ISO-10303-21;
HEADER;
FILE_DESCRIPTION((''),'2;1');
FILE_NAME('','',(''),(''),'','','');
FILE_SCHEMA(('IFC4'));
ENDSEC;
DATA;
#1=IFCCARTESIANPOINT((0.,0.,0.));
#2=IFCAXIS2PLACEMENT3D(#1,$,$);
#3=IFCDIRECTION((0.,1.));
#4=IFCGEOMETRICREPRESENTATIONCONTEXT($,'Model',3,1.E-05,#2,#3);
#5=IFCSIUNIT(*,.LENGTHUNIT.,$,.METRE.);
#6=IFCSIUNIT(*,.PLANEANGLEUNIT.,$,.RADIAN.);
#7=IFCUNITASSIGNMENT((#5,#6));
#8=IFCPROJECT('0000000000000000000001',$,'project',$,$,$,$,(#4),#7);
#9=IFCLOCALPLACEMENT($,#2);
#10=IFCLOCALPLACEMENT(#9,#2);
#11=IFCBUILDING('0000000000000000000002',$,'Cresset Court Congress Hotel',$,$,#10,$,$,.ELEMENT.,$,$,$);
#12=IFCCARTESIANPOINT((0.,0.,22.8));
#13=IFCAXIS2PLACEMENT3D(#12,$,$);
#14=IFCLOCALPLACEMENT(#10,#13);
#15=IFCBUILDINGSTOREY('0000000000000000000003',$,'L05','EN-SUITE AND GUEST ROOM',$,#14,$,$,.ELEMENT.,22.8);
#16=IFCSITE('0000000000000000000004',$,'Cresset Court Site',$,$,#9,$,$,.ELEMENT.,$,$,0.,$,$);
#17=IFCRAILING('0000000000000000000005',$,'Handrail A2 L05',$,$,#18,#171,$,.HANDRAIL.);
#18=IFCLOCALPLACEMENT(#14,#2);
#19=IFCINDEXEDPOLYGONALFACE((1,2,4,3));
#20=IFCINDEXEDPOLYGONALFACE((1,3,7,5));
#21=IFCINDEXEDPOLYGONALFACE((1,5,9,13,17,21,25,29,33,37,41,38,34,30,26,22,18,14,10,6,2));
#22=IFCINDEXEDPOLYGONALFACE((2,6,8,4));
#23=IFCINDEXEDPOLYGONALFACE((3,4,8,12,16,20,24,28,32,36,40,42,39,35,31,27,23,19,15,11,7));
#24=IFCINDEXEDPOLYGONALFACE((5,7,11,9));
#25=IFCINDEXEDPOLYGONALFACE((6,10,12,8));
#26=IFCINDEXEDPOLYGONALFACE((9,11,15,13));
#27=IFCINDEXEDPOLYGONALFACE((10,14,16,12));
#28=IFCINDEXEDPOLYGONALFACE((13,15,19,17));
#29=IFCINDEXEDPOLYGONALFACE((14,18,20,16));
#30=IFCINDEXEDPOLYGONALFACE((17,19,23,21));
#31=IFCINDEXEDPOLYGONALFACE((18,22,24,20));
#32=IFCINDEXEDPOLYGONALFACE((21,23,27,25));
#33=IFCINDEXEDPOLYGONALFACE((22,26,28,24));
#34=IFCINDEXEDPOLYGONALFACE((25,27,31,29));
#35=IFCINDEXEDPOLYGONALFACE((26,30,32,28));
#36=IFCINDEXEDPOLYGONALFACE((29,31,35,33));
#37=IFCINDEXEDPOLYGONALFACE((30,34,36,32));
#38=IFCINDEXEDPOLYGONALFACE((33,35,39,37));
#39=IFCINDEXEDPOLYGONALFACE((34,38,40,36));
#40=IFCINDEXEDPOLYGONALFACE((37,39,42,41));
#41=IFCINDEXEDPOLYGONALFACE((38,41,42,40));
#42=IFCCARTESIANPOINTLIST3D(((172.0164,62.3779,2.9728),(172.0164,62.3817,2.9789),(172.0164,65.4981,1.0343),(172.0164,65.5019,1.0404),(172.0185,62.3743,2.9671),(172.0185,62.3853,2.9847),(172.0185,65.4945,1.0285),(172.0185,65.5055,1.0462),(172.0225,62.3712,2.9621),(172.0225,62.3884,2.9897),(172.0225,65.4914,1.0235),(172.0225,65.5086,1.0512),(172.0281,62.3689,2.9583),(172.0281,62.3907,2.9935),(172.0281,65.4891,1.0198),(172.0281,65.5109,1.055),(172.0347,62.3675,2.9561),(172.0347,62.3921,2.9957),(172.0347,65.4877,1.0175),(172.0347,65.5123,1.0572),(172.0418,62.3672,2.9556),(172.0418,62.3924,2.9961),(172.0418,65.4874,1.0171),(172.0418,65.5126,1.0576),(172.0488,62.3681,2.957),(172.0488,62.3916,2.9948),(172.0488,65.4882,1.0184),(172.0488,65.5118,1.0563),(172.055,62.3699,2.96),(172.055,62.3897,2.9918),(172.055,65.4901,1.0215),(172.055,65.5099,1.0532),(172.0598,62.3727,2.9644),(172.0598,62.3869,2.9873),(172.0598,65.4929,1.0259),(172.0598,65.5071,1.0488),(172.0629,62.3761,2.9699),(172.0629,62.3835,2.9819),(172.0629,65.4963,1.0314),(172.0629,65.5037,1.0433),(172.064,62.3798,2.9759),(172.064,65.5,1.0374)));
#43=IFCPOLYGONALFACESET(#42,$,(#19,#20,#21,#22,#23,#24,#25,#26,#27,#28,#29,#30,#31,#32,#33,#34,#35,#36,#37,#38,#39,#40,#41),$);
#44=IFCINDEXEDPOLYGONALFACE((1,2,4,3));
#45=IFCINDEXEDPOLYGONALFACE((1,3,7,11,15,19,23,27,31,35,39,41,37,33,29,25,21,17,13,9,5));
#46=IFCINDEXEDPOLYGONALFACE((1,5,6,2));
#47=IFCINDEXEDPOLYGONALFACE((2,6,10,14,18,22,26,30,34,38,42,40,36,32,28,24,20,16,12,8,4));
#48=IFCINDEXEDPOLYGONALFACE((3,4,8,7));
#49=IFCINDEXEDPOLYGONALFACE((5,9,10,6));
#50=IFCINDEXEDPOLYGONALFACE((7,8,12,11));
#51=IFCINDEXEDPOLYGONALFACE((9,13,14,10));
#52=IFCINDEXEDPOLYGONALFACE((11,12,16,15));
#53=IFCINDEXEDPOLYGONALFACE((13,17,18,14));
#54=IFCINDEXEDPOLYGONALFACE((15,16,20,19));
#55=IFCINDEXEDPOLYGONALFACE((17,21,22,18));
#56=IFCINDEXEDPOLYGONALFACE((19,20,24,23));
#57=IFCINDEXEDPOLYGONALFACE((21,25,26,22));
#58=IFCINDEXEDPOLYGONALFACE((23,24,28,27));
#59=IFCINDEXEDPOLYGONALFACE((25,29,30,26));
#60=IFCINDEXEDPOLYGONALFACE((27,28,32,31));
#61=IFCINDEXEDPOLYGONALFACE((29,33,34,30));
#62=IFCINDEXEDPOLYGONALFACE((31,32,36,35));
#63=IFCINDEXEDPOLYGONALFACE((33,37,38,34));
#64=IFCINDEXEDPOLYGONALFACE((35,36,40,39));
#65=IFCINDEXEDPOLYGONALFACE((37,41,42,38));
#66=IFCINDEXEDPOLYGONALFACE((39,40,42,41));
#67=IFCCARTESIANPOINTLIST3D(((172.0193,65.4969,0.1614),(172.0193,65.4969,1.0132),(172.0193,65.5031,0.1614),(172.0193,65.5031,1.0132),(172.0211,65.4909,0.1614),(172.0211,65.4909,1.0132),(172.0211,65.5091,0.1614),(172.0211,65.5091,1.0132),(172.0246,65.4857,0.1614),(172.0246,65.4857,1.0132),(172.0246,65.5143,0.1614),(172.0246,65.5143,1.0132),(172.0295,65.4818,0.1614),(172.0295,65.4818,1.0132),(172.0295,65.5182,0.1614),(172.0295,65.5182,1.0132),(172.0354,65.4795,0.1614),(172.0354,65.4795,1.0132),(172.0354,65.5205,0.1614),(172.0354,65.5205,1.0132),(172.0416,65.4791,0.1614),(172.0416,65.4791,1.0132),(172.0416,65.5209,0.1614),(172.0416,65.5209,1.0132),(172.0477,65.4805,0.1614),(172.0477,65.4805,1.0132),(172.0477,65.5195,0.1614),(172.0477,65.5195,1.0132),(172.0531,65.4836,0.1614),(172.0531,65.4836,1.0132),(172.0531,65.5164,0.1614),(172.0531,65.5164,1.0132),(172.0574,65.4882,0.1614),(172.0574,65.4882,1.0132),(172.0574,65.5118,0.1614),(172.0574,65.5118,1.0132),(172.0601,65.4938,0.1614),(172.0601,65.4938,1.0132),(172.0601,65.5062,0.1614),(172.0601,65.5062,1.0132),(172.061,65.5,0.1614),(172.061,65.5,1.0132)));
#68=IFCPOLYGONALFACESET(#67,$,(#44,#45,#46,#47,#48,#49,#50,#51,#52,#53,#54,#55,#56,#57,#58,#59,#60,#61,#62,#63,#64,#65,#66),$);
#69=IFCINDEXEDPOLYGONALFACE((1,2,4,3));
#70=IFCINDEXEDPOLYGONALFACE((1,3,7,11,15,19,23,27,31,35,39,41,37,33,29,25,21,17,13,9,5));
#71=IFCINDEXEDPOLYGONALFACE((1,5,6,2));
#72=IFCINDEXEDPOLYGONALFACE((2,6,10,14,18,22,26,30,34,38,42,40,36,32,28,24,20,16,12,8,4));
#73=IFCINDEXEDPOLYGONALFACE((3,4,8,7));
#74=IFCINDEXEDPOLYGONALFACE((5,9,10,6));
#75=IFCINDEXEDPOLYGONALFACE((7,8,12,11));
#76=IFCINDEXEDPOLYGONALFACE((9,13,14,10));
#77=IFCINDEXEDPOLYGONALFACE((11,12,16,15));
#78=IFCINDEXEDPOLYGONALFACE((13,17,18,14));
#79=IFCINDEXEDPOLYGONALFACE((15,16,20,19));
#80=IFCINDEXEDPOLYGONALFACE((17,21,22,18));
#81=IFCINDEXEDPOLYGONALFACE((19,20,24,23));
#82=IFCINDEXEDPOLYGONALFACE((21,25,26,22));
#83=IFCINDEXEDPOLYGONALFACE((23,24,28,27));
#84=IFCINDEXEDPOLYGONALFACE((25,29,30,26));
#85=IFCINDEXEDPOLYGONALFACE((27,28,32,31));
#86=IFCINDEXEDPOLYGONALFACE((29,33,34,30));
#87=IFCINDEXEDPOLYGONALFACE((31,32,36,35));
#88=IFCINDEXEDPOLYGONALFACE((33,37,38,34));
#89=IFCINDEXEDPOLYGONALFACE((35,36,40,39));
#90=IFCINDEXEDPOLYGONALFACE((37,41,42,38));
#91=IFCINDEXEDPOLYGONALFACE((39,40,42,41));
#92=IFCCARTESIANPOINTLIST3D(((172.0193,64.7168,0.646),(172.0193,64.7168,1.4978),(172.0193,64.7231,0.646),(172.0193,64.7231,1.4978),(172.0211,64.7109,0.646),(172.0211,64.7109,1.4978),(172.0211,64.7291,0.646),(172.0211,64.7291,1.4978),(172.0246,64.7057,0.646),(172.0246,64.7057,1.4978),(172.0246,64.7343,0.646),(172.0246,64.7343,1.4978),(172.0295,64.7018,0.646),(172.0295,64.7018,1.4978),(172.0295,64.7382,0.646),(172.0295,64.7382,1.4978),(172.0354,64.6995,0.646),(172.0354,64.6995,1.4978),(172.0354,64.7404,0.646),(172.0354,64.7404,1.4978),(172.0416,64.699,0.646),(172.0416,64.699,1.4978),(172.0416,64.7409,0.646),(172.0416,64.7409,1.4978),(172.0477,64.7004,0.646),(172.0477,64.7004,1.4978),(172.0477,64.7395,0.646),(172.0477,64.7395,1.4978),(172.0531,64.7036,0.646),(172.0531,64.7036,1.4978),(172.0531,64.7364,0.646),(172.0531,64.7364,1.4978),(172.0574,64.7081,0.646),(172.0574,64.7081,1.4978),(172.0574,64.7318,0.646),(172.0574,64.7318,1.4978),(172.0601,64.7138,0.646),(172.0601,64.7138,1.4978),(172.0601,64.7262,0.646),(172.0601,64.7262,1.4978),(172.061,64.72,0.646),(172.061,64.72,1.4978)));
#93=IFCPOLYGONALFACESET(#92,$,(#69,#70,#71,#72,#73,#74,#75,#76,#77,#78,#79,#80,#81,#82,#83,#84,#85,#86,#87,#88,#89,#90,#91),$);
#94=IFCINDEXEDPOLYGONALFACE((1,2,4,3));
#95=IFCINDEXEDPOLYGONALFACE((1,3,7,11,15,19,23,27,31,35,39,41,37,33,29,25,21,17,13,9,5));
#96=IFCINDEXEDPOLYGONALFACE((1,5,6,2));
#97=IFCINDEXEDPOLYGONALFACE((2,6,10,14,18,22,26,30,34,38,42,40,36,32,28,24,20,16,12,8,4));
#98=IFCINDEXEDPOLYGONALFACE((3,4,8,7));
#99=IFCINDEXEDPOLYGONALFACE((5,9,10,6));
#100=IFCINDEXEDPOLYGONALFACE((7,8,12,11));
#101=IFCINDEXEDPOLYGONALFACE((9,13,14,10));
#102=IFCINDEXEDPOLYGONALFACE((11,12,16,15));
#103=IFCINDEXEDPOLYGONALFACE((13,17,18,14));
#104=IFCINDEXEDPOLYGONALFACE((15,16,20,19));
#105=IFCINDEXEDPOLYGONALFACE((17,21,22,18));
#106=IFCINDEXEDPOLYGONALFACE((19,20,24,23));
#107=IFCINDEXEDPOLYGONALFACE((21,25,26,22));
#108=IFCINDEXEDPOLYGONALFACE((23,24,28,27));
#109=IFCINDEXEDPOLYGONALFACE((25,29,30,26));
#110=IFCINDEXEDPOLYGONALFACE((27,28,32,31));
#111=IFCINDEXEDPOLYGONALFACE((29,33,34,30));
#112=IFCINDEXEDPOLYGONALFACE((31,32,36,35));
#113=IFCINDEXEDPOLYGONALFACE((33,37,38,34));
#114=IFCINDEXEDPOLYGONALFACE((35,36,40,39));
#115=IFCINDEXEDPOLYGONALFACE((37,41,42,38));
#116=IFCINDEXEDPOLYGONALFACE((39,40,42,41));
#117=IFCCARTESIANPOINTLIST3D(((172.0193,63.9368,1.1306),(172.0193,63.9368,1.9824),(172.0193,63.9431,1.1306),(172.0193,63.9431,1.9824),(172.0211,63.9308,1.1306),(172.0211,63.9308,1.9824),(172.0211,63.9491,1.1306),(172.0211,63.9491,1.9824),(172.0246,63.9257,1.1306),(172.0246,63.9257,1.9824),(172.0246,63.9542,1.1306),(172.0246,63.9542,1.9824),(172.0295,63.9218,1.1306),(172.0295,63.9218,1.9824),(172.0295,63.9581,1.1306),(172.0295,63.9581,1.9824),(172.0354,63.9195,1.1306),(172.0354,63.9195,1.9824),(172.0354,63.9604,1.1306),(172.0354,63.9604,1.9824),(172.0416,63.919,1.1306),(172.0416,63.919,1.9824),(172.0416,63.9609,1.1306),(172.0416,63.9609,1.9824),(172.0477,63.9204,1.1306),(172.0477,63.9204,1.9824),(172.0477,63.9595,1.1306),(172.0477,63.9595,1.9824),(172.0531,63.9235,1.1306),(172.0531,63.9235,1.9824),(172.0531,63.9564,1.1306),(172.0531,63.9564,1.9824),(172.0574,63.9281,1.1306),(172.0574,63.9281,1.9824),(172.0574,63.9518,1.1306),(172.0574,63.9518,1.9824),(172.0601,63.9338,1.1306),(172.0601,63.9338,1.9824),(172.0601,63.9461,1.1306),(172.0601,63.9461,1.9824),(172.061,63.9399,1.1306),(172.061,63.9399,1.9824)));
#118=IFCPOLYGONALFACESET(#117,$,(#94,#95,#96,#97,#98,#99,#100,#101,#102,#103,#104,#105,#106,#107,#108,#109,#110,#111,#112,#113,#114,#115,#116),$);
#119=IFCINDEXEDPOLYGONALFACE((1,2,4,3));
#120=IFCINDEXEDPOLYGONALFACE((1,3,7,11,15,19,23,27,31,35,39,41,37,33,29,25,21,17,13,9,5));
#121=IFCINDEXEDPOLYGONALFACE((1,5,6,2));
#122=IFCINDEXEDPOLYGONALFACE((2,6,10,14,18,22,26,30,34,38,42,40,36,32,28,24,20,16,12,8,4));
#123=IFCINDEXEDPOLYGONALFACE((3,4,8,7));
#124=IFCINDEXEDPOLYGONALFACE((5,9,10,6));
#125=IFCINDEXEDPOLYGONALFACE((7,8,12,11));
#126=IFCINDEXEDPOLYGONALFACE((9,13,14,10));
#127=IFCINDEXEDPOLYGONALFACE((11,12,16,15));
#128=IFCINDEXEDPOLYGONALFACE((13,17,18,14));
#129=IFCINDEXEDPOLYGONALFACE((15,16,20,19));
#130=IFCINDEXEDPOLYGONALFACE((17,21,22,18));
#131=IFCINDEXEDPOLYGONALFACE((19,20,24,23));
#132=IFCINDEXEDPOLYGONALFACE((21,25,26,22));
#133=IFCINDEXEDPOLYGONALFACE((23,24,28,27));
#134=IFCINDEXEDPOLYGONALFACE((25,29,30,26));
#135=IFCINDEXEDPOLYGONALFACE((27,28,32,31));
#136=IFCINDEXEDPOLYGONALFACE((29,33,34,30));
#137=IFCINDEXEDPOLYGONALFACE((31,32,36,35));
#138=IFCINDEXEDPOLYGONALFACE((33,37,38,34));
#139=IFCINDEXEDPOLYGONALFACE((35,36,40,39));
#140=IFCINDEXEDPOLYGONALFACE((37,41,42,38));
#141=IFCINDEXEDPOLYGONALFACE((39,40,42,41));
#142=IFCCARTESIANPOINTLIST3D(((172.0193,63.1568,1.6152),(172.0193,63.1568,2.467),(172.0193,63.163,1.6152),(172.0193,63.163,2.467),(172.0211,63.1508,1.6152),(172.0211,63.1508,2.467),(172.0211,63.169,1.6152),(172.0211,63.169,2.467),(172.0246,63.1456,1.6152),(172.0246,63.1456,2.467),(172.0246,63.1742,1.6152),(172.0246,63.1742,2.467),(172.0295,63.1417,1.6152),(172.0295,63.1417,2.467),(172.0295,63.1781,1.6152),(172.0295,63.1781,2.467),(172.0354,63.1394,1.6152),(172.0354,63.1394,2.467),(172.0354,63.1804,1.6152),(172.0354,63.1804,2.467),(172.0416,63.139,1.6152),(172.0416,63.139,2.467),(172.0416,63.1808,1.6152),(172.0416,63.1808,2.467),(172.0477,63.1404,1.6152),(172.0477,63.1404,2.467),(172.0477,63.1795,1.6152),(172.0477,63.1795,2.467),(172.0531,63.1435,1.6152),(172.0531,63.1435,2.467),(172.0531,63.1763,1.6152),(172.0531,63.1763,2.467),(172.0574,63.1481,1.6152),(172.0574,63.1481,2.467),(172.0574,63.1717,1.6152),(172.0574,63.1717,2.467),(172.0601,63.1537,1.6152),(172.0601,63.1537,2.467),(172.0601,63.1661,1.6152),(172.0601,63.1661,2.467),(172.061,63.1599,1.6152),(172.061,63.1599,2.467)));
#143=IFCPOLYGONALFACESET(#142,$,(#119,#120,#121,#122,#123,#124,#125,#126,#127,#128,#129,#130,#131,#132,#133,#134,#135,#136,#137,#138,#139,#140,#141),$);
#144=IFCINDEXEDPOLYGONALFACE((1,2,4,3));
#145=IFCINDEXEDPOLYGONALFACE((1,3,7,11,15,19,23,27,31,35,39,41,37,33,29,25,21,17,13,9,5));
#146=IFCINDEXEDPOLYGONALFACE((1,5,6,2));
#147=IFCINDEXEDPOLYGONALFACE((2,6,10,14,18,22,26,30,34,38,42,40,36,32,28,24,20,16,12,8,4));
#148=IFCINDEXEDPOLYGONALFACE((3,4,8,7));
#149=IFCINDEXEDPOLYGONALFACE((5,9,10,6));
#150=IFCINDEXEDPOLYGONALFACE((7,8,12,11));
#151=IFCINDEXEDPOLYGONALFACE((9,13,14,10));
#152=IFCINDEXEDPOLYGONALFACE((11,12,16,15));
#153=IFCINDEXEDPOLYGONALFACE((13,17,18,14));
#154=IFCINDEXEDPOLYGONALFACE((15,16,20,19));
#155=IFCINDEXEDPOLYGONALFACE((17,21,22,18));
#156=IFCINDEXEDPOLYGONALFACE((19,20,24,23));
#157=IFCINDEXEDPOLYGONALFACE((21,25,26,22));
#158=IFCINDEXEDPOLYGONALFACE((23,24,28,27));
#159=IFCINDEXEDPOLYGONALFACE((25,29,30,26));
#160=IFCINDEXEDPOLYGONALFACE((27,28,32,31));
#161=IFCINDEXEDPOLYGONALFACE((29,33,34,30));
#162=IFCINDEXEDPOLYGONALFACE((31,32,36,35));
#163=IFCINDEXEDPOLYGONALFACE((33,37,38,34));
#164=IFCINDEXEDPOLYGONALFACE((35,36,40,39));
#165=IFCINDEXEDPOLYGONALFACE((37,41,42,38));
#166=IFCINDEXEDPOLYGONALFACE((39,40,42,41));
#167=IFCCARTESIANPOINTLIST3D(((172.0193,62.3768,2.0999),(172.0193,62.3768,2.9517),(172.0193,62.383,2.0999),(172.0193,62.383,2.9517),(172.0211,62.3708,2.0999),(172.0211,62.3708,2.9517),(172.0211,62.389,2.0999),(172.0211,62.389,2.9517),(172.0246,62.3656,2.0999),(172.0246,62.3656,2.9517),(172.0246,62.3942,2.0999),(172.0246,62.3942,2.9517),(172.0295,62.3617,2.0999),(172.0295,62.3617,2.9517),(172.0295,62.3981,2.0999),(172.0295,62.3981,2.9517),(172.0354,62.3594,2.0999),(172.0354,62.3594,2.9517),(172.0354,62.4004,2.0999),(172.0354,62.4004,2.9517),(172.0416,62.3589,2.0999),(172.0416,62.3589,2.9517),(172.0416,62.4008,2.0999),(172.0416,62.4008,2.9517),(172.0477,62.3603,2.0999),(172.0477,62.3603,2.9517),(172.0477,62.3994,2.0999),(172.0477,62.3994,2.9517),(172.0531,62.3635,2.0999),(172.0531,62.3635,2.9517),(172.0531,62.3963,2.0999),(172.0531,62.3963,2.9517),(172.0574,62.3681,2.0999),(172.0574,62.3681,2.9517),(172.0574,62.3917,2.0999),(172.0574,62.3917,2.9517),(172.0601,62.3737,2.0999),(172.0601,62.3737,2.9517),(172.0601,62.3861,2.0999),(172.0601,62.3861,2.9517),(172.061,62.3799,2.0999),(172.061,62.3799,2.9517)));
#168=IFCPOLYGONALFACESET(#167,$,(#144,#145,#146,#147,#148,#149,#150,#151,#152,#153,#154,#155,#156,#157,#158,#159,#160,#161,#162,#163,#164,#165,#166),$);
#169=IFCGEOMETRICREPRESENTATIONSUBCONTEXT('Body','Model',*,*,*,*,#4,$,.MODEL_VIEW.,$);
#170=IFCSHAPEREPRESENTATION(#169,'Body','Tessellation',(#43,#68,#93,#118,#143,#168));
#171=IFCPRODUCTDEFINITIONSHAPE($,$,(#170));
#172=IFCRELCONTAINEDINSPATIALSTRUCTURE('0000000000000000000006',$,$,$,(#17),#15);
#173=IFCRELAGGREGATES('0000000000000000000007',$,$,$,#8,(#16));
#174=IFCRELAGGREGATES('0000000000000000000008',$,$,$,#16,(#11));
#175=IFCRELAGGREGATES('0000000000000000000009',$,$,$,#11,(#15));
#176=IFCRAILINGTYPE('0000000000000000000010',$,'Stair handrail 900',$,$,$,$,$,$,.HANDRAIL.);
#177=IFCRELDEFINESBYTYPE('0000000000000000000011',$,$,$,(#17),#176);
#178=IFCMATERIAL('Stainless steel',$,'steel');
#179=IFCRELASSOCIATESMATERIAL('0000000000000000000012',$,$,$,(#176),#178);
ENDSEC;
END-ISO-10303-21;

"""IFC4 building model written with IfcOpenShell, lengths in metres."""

from ifc_helpers import new_model, si_unit, direction, frame, origin, origin_2d, place, context, subcontext, project, spatial, circle, extrude, material, type_object, element, save


model = new_model("IFC4")

# Units and contexts
model_context = context("Model", 3, precision=1e-05, world=origin(), true_north=direction((0.0, 1.0)))
body_context = subcontext(model_context, "Body", "Model", "MODEL_VIEW")
ifc_project = project(units=[si_unit("LENGTHUNIT", "METRE"), si_unit("PLANEANGLEUNIT", "RADIAN")], contexts=[model_context])

# Site, building, storey
site_placement = place(None, origin())
site = spatial("IfcSite", under=ifc_project, at=site_placement, Name="Cresset Court Site", CompositionType="ELEMENT", RefElevation=0.0)
building_placement = place(site_placement, origin())
building = spatial("IfcBuilding", under=site, at=building_placement, Name="Cresset Court Congress Hotel", CompositionType="ELEMENT")
storey_placement = place(building_placement, frame((0.0, 0.0, 22.8)))
storey = spatial("IfcBuildingStorey", under=building, at=storey_placement, Name="L05", Description="EN-SUITE AND GUEST ROOM", CompositionType="ELEMENT", Elevation=22.8)

# Railing
ifc_material_1 = material(Name="Stainless steel", Category="steel")
railing_type_1 = type_object("IfcRailingType", Name="Stair handrail 900", PredefinedType="HANDRAIL", material=ifc_material_1)
for number, where, name in (
    (1, (172.04, 65.5, 0.1614), "Handrail A2 L05"),
):
    element("IfcRailing", number, at=place(storey_placement, frame(where)), inside=storey, type_object=railing_type_1, Name=name, PredefinedType="HANDRAIL", context=body_context, shape_type="SweptSolid", body=[
        extrude(circle(Radius=0.0239, at=origin_2d()), frame((0.0, 0.0, 0.876), z_axis=(0.0, -0.849414, 0.527727), x_axis=(1.0, 0.0, 0.0)), (0.0, 0.0, 1.0), 3.6733),
        extrude(circle(Radius=0.021, at=origin_2d()), origin(), (0.0, 0.0, 1.0), 0.8518),
        extrude(circle(Radius=0.021, at=origin_2d()), frame((0.0, -0.78, 0.4846)), (0.0, 0.0, 1.0), 0.8518),
        extrude(circle(Radius=0.021, at=origin_2d()), frame((0.0, -1.5601, 0.9692)), (0.0, 0.0, 1.0), 0.8518),
        extrude(circle(Radius=0.021, at=origin_2d()), frame((0.0, -2.3401, 1.4539)), (0.0, 0.0, 1.0), 0.8518),
        extrude(circle(Radius=0.021, at=origin_2d()), frame((0.0, -3.1201, 1.9385)), (0.0, 0.0, 1.0), 0.8518),
    ])

save(model, "model.ifc")
